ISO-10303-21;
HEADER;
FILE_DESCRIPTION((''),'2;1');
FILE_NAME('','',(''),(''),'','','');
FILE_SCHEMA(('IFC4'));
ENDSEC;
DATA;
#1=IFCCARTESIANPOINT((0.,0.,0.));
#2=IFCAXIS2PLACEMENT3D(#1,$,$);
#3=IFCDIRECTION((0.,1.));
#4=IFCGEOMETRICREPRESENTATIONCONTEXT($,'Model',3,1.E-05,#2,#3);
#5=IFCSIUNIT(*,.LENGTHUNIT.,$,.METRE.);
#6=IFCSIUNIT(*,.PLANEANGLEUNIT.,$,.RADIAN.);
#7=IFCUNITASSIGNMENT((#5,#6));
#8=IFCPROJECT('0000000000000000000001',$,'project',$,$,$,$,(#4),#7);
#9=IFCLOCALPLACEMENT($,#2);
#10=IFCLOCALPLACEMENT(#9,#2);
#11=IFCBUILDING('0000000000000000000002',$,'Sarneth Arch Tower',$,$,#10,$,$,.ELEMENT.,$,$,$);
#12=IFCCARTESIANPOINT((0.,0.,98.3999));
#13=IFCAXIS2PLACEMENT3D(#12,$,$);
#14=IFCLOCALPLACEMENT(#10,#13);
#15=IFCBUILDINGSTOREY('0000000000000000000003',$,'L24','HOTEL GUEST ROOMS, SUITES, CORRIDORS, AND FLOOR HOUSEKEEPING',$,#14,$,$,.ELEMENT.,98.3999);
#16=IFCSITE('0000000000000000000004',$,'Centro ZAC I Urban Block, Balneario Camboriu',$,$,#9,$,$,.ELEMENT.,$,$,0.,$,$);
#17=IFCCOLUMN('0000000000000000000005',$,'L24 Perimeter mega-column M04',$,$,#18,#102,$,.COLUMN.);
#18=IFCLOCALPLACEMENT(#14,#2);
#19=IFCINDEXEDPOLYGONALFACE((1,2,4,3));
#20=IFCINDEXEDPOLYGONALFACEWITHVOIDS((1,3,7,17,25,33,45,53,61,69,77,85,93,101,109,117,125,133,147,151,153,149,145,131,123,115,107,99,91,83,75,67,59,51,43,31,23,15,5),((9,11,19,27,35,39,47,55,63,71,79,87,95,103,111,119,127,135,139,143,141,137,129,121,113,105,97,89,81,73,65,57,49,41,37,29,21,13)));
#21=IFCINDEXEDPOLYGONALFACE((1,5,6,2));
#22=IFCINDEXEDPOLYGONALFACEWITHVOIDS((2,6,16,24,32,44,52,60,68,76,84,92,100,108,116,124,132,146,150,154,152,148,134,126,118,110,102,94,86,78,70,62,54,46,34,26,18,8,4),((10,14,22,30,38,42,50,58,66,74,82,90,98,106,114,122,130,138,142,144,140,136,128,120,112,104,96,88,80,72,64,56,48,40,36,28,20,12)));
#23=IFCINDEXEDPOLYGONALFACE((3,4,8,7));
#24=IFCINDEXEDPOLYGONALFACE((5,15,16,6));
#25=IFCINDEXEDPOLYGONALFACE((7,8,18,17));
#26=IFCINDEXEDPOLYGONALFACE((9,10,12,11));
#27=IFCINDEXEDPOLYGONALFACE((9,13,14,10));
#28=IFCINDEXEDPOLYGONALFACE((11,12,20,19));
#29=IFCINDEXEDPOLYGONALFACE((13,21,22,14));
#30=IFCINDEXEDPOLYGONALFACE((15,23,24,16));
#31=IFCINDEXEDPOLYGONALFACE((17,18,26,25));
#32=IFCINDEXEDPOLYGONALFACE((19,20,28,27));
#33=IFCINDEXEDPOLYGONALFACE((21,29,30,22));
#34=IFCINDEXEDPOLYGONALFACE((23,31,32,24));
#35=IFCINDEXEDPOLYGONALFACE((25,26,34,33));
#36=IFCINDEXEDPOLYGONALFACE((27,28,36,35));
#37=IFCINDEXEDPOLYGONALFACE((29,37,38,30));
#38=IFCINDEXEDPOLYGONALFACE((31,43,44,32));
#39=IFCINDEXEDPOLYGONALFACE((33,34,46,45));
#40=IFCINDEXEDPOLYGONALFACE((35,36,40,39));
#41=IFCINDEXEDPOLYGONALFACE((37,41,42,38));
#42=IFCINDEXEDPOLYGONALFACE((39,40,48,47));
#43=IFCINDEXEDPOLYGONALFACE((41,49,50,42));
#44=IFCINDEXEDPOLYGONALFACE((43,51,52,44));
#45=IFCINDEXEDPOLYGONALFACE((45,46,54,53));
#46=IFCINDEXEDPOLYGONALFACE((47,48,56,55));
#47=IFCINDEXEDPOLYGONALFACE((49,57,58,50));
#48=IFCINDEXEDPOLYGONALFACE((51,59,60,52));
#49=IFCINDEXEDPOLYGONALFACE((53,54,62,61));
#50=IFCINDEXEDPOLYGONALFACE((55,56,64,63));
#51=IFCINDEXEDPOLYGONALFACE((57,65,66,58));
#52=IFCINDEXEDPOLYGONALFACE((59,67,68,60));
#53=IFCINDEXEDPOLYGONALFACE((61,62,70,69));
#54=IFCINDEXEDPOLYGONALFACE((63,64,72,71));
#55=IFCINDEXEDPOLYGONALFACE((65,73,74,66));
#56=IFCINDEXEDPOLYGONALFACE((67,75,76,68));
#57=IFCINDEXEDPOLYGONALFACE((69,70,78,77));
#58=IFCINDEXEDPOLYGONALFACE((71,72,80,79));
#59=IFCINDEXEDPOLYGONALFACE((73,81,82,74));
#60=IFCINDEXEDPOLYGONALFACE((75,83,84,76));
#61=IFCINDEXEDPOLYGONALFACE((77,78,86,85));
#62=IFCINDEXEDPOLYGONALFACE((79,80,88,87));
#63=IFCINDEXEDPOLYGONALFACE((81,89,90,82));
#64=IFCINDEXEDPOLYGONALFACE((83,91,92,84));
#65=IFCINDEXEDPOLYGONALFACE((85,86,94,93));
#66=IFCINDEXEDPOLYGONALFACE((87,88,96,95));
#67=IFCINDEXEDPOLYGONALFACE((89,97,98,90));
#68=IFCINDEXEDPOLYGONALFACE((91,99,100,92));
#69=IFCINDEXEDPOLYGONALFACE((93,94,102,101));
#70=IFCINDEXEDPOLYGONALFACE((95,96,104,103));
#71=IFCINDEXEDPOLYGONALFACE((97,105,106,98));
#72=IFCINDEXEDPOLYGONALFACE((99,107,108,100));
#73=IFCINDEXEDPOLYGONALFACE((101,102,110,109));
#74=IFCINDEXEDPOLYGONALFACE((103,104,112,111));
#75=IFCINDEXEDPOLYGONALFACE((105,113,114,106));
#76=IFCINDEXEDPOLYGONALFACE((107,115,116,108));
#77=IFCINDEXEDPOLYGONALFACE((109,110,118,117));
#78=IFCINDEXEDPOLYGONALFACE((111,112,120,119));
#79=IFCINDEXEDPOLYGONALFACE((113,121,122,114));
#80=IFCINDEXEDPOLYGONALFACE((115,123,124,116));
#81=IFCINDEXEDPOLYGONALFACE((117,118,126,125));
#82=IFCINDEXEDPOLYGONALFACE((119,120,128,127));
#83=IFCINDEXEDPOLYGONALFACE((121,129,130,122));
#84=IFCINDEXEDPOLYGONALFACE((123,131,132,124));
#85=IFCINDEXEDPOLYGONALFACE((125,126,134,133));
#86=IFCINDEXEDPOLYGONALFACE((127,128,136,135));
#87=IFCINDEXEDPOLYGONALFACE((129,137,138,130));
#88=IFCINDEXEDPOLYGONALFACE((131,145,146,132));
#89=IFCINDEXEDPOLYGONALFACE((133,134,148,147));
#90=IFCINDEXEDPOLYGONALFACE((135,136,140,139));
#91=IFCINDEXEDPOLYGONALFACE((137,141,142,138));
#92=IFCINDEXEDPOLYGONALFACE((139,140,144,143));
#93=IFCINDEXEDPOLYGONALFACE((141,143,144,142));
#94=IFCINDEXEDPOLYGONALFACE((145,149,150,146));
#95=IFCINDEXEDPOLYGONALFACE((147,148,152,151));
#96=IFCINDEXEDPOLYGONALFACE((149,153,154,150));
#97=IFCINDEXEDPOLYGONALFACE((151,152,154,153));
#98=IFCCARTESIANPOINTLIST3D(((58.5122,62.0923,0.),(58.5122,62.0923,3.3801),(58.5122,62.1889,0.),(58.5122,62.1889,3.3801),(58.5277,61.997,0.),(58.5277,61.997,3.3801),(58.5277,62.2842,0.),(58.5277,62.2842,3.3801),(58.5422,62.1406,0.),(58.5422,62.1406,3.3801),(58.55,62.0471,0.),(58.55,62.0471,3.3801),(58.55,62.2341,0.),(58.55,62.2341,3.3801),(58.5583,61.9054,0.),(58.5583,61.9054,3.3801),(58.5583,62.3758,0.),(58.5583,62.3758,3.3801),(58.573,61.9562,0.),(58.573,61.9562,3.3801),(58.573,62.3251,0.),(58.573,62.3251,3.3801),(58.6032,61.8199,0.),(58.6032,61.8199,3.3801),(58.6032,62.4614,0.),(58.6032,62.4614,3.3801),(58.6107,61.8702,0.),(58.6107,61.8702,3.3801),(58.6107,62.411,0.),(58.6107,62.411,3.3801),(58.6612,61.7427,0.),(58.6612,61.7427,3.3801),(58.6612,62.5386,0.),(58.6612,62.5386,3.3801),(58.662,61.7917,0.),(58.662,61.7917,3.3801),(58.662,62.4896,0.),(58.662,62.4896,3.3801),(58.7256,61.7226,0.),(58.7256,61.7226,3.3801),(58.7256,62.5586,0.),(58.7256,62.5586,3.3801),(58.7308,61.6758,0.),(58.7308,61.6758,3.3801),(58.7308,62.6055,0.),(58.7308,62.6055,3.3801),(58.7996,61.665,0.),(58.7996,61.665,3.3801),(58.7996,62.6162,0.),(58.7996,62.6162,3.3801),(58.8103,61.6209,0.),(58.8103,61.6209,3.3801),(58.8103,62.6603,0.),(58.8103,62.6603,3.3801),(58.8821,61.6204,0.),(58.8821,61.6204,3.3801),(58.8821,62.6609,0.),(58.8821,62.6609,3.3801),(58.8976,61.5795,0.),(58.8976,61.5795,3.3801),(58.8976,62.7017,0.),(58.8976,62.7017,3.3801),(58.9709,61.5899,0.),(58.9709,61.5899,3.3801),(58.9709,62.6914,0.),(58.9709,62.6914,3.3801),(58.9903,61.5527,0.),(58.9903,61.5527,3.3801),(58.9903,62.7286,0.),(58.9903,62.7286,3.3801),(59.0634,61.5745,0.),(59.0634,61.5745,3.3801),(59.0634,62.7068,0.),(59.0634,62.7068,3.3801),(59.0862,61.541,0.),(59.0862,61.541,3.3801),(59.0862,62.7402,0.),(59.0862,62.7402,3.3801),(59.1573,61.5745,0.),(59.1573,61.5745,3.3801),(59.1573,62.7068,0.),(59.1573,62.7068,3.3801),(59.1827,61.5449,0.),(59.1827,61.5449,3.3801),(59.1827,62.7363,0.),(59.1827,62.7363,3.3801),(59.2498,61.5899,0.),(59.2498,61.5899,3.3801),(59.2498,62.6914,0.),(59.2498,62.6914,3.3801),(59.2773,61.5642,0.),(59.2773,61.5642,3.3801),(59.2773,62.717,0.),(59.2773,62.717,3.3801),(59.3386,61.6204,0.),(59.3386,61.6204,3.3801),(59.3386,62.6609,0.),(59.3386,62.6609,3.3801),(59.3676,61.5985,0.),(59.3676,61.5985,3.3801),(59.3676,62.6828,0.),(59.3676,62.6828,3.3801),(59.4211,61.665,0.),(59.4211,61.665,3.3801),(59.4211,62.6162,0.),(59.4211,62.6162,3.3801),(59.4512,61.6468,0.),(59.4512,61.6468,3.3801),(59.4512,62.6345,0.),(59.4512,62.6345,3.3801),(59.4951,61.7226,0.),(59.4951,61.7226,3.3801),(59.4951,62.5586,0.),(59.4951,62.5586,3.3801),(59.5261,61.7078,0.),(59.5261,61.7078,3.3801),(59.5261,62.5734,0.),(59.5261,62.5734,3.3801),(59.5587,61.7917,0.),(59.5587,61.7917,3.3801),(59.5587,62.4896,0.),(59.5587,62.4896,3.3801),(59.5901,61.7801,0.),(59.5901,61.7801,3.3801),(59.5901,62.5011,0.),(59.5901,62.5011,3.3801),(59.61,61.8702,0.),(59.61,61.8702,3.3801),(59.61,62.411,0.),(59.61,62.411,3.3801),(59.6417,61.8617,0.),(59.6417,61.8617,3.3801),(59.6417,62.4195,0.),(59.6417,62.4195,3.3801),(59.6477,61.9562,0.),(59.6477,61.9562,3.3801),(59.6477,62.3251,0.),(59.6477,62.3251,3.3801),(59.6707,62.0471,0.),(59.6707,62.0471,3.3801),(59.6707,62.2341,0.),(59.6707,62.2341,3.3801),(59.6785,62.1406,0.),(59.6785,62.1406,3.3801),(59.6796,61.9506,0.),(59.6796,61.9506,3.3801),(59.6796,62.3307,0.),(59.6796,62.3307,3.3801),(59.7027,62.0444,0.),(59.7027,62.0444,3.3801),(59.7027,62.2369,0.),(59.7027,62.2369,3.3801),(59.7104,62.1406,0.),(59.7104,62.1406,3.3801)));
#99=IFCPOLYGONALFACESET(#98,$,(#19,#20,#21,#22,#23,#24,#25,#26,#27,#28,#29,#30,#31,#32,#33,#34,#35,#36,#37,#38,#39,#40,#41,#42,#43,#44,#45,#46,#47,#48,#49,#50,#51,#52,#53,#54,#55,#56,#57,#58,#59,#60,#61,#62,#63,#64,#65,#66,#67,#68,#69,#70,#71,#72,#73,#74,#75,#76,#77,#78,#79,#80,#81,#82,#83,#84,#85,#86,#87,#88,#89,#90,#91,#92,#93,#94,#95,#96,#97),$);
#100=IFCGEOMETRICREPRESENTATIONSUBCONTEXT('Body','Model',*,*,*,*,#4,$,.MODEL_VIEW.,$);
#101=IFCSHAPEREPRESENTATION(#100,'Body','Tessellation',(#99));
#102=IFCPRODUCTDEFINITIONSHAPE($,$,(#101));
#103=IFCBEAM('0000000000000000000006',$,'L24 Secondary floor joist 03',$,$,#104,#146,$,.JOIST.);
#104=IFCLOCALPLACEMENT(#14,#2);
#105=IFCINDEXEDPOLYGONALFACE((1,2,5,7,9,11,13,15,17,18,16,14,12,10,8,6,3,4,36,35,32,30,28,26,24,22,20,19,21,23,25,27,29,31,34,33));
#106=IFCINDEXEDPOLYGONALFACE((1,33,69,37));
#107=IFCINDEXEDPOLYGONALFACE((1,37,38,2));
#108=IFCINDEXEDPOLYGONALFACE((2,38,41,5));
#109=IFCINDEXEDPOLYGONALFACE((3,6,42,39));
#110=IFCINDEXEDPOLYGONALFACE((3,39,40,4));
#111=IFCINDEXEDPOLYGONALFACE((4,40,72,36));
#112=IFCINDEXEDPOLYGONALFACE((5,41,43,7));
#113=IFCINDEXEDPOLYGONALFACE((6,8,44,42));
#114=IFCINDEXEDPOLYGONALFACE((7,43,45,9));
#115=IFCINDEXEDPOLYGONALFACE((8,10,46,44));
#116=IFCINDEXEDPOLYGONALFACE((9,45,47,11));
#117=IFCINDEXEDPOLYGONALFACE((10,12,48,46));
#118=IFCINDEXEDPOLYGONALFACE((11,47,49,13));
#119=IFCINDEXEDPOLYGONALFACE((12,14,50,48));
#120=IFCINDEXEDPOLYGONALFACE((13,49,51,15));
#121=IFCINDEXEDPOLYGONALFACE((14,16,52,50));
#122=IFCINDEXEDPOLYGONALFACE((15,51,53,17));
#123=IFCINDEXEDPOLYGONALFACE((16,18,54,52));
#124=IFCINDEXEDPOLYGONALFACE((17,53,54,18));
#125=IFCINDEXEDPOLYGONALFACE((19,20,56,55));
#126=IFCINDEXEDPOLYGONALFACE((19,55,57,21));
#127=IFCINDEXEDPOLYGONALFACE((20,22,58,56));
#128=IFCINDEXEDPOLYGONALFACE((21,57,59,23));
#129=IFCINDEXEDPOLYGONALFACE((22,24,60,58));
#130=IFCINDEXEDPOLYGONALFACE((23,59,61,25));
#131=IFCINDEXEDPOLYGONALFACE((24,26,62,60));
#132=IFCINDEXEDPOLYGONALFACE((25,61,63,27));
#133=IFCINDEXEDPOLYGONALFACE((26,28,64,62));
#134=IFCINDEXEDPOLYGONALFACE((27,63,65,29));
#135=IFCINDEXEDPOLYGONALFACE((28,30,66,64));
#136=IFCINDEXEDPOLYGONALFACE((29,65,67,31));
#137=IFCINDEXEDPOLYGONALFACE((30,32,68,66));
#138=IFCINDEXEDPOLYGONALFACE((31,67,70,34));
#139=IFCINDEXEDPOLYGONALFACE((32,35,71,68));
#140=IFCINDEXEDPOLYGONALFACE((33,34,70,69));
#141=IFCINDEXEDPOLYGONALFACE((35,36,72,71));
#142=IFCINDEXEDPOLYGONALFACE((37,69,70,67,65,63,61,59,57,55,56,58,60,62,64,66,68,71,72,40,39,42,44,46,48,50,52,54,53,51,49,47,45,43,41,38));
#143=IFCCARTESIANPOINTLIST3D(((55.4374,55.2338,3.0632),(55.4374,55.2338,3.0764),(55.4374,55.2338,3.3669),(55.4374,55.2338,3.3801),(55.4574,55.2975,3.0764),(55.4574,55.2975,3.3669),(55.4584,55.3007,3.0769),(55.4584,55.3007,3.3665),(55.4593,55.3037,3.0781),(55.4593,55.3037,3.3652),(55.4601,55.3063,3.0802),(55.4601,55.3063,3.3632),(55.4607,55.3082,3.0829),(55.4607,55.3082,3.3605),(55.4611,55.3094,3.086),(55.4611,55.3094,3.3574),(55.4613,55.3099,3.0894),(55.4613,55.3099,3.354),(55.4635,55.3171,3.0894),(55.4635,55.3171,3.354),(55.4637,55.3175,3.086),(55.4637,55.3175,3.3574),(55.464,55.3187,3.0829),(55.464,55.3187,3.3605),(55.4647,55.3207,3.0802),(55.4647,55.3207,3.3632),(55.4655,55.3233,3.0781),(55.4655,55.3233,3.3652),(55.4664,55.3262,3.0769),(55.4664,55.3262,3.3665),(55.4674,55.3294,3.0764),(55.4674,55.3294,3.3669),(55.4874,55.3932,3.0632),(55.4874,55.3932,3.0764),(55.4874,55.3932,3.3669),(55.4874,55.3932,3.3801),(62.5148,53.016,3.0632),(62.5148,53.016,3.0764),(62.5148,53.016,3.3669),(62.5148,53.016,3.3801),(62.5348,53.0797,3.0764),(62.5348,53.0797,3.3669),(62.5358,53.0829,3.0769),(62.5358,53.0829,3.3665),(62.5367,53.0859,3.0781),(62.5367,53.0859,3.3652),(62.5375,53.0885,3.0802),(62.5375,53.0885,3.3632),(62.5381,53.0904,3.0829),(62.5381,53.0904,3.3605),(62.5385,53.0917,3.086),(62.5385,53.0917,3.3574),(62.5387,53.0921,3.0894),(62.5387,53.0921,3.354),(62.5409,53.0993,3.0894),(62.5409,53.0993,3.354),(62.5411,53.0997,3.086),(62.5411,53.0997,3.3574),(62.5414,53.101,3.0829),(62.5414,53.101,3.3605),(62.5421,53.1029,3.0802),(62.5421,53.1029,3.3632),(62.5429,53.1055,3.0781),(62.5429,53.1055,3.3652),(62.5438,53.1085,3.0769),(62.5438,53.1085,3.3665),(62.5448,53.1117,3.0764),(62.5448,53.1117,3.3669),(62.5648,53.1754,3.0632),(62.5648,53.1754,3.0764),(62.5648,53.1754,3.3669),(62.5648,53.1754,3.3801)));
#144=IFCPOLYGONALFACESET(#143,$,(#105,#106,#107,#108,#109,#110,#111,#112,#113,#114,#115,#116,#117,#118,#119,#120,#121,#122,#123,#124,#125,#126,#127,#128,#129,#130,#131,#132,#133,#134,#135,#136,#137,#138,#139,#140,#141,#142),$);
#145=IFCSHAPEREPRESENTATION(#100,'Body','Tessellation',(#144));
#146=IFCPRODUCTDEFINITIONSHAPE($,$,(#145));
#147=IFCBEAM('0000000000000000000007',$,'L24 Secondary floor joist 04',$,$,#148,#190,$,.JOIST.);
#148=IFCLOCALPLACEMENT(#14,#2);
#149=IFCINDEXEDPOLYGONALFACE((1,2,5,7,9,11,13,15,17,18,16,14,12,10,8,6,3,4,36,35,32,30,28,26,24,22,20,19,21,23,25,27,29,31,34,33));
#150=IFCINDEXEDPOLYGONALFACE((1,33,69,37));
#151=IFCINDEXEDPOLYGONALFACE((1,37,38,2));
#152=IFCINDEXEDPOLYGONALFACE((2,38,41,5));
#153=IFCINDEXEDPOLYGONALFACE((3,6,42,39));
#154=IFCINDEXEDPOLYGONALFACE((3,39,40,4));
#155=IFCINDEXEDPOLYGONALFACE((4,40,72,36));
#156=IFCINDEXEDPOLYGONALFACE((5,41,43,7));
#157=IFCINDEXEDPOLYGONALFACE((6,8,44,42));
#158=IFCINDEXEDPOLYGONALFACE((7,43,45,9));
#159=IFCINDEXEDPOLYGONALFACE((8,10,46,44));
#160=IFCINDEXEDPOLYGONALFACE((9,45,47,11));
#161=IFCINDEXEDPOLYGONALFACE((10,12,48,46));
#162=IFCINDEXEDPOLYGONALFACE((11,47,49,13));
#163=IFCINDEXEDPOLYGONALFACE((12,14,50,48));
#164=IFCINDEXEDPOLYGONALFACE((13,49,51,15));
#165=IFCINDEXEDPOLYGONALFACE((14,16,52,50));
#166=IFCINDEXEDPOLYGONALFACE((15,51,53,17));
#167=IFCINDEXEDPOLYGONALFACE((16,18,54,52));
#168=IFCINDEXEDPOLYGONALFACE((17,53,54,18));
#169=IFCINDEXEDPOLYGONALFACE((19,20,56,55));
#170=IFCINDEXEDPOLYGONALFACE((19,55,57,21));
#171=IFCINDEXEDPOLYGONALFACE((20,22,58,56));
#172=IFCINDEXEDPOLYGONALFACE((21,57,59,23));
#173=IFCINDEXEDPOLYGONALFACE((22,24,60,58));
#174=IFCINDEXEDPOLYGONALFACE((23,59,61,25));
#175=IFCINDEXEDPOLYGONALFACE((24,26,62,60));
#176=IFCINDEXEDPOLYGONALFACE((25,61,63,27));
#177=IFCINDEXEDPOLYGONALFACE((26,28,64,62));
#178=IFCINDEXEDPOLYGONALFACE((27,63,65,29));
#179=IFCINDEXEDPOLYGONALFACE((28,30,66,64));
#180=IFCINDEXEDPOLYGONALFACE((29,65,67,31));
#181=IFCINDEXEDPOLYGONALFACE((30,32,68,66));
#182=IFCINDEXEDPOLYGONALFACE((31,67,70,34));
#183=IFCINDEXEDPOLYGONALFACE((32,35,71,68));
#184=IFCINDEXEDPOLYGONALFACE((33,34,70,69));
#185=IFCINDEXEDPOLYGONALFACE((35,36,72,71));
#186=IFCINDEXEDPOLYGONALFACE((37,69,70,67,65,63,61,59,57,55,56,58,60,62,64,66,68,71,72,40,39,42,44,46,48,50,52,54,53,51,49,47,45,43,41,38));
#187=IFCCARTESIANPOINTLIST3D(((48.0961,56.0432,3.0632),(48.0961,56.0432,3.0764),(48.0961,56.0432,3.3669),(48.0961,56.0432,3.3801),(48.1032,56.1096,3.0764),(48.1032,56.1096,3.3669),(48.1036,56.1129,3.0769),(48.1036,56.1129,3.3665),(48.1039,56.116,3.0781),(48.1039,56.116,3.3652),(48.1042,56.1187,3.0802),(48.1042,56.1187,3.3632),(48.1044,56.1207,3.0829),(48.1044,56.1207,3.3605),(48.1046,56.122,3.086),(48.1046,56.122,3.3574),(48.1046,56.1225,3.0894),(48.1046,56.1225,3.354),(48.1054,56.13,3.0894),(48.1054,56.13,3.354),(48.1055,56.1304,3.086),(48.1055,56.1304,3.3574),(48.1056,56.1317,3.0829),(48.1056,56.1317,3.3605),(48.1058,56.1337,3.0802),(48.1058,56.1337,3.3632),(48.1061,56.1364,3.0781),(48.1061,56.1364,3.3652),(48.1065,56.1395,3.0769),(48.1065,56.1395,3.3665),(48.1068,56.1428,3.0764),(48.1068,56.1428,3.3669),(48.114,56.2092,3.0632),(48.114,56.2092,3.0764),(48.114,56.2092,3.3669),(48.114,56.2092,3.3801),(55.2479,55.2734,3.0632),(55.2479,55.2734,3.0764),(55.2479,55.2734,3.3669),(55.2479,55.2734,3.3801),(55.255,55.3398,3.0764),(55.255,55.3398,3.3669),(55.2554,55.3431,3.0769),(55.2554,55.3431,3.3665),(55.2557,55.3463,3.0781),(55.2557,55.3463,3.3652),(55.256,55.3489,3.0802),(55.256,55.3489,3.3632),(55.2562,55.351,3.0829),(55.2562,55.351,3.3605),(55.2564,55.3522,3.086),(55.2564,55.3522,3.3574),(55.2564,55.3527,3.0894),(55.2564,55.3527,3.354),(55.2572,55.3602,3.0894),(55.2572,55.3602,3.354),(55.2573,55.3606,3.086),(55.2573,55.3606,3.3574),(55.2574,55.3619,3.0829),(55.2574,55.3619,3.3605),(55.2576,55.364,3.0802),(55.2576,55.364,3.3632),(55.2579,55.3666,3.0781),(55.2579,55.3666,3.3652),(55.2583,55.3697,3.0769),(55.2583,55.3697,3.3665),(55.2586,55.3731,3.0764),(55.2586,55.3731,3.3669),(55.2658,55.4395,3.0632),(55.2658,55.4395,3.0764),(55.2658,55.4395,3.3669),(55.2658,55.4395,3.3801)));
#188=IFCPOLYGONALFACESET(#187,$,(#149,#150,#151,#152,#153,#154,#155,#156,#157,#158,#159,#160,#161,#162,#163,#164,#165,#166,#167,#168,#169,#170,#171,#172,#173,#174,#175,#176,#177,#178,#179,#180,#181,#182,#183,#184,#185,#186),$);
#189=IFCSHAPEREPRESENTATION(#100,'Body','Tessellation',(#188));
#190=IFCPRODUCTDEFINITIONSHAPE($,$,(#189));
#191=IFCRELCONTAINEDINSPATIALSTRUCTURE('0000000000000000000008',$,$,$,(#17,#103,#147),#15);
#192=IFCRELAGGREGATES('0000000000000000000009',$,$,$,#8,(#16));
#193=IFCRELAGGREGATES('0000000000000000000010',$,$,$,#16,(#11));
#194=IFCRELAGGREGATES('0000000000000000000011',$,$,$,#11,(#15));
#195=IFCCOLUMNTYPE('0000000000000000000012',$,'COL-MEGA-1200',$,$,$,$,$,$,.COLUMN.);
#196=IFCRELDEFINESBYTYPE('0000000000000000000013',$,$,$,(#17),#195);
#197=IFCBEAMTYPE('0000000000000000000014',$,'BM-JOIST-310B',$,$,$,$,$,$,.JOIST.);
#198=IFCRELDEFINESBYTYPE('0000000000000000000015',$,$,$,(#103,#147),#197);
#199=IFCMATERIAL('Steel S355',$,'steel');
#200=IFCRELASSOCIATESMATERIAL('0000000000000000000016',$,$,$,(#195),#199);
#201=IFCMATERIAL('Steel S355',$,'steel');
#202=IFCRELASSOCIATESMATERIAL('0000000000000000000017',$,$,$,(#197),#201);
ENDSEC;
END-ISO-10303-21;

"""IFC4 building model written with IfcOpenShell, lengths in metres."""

from ifc_helpers import new_model, si_unit, direction, frame, origin, origin_2d, place, context, subcontext, project, spatial, hollow_circle, i_section, extrude, material, material_profile, profile_set, type_object, element, save


model = new_model("IFC4")

# Units and contexts
model_context = context("Model", 3, precision=1e-05, world=origin(), true_north=direction((0.0, 1.0)))
body_context = subcontext(model_context, "Body", "Model", "MODEL_VIEW")
ifc_project = project(units=[si_unit("LENGTHUNIT", "METRE"), si_unit("PLANEANGLEUNIT", "RADIAN")], contexts=[model_context])

# Site, building, storey
site_placement = place(None, origin())
site = spatial("IfcSite", under=ifc_project, at=site_placement, Name="Centro ZAC I Urban Block, Balneario Camboriu", CompositionType="ELEMENT", RefElevation=0.0)
building_placement = place(site_placement, origin())
building = spatial("IfcBuilding", under=site, at=building_placement, Name="Sarneth Arch Tower", CompositionType="ELEMENT")
storey_placement = place(building_placement, frame((0.0, 0.0, 98.3999)))
storey = spatial("IfcBuildingStorey", under=building, at=storey_placement, Name="L24", Description="HOTEL GUEST ROOMS, SUITES, CORRIDORS, AND FLOOR HOUSEKEEPING", CompositionType="ELEMENT", Elevation=98.3999)

# Column
ifc_material_1 = material(Name="Steel S355", Category="steel")
ifc_material_profile_1 = material_profile(ifc_material_1, hollow_circle(Radius=0.6001, WallThickness=0.032, at=origin_2d()), Name="CHS1200x32")
ifc_profile_set_1 = profile_set([ifc_material_profile_1], Name="Steel S355")
column_type = type_object("IfcColumnType", Name="COL-MEGA-1200", PredefinedType="COLUMN", material=ifc_profile_set_1)
column_placement = place(storey_placement, frame((59.1104, 62.1406, 0.0), z_axis=(0.0, 0.0, 1.0), x_axis=(1.0, 0.0, 0.0)))
element("IfcColumn", 1, at=column_placement, inside=storey, type_object=column_type, Name="L24 Perimeter mega-column M04", PredefinedType="COLUMN", context=body_context, shape_type="SweptSolid", body=[
    extrude(hollow_circle(Radius=0.6001, WallThickness=0.032, at=origin_2d()), origin(), (0.0, 0.0, 1.0), 3.3801),
])

# Beams
ifc_material_2 = material(Name="Steel S355", Category="steel")
ifc_material_profile_2 = material_profile(ifc_material_2, i_section(OverallWidth=0.167, OverallDepth=0.3169, WebThickness=0.0076, FlangeThickness=0.0132, FilletRadius=0.0129, at=origin_2d()), Name="W310x52")
ifc_profile_set_2 = profile_set([ifc_material_profile_2], Name="Steel S355")
beam_type_1 = type_object("IfcBeamType", Name="BM-JOIST-310B", PredefinedType="JOIST", material=ifc_profile_set_2)
beam_1_placement = place(storey_placement, frame((62.5398, 53.0957, 3.2217), z_axis=(-0.954246, 0.299023, 0.0), x_axis=(-0.299023, -0.954246, 0.0)))
element("IfcBeam", 2, at=beam_1_placement, inside=storey, type_object=beam_type_1, Name="L24 Secondary floor joist 03", PredefinedType="JOIST", context=body_context, shape_type="SweptSolid", body=[
    extrude(i_section(OverallWidth=0.167, OverallDepth=0.3169, WebThickness=0.0076, FlangeThickness=0.0132, FilletRadius=0.0129, at=origin_2d()), origin(), (0.0, 0.0, 1.0), 7.4167),
])
beam_2_placement = place(storey_placement, frame((55.2568, 55.3564, 3.2217), z_axis=(-0.994257, 0.107015, 0.0), x_axis=(-0.107015, -0.994257, 0.0)))
element("IfcBeam", 3, at=beam_2_placement, inside=storey, type_object=beam_type_1, Name="L24 Secondary floor joist 04", PredefinedType="JOIST", context=body_context, shape_type="SweptSolid", body=[
    extrude(i_section(OverallWidth=0.167, OverallDepth=0.3169, WebThickness=0.0076, FlangeThickness=0.0132, FilletRadius=0.0129, at=origin_2d()), origin(), (0.0, 0.0, 1.0), 7.1931),
])

save(model, "model.ifc")
